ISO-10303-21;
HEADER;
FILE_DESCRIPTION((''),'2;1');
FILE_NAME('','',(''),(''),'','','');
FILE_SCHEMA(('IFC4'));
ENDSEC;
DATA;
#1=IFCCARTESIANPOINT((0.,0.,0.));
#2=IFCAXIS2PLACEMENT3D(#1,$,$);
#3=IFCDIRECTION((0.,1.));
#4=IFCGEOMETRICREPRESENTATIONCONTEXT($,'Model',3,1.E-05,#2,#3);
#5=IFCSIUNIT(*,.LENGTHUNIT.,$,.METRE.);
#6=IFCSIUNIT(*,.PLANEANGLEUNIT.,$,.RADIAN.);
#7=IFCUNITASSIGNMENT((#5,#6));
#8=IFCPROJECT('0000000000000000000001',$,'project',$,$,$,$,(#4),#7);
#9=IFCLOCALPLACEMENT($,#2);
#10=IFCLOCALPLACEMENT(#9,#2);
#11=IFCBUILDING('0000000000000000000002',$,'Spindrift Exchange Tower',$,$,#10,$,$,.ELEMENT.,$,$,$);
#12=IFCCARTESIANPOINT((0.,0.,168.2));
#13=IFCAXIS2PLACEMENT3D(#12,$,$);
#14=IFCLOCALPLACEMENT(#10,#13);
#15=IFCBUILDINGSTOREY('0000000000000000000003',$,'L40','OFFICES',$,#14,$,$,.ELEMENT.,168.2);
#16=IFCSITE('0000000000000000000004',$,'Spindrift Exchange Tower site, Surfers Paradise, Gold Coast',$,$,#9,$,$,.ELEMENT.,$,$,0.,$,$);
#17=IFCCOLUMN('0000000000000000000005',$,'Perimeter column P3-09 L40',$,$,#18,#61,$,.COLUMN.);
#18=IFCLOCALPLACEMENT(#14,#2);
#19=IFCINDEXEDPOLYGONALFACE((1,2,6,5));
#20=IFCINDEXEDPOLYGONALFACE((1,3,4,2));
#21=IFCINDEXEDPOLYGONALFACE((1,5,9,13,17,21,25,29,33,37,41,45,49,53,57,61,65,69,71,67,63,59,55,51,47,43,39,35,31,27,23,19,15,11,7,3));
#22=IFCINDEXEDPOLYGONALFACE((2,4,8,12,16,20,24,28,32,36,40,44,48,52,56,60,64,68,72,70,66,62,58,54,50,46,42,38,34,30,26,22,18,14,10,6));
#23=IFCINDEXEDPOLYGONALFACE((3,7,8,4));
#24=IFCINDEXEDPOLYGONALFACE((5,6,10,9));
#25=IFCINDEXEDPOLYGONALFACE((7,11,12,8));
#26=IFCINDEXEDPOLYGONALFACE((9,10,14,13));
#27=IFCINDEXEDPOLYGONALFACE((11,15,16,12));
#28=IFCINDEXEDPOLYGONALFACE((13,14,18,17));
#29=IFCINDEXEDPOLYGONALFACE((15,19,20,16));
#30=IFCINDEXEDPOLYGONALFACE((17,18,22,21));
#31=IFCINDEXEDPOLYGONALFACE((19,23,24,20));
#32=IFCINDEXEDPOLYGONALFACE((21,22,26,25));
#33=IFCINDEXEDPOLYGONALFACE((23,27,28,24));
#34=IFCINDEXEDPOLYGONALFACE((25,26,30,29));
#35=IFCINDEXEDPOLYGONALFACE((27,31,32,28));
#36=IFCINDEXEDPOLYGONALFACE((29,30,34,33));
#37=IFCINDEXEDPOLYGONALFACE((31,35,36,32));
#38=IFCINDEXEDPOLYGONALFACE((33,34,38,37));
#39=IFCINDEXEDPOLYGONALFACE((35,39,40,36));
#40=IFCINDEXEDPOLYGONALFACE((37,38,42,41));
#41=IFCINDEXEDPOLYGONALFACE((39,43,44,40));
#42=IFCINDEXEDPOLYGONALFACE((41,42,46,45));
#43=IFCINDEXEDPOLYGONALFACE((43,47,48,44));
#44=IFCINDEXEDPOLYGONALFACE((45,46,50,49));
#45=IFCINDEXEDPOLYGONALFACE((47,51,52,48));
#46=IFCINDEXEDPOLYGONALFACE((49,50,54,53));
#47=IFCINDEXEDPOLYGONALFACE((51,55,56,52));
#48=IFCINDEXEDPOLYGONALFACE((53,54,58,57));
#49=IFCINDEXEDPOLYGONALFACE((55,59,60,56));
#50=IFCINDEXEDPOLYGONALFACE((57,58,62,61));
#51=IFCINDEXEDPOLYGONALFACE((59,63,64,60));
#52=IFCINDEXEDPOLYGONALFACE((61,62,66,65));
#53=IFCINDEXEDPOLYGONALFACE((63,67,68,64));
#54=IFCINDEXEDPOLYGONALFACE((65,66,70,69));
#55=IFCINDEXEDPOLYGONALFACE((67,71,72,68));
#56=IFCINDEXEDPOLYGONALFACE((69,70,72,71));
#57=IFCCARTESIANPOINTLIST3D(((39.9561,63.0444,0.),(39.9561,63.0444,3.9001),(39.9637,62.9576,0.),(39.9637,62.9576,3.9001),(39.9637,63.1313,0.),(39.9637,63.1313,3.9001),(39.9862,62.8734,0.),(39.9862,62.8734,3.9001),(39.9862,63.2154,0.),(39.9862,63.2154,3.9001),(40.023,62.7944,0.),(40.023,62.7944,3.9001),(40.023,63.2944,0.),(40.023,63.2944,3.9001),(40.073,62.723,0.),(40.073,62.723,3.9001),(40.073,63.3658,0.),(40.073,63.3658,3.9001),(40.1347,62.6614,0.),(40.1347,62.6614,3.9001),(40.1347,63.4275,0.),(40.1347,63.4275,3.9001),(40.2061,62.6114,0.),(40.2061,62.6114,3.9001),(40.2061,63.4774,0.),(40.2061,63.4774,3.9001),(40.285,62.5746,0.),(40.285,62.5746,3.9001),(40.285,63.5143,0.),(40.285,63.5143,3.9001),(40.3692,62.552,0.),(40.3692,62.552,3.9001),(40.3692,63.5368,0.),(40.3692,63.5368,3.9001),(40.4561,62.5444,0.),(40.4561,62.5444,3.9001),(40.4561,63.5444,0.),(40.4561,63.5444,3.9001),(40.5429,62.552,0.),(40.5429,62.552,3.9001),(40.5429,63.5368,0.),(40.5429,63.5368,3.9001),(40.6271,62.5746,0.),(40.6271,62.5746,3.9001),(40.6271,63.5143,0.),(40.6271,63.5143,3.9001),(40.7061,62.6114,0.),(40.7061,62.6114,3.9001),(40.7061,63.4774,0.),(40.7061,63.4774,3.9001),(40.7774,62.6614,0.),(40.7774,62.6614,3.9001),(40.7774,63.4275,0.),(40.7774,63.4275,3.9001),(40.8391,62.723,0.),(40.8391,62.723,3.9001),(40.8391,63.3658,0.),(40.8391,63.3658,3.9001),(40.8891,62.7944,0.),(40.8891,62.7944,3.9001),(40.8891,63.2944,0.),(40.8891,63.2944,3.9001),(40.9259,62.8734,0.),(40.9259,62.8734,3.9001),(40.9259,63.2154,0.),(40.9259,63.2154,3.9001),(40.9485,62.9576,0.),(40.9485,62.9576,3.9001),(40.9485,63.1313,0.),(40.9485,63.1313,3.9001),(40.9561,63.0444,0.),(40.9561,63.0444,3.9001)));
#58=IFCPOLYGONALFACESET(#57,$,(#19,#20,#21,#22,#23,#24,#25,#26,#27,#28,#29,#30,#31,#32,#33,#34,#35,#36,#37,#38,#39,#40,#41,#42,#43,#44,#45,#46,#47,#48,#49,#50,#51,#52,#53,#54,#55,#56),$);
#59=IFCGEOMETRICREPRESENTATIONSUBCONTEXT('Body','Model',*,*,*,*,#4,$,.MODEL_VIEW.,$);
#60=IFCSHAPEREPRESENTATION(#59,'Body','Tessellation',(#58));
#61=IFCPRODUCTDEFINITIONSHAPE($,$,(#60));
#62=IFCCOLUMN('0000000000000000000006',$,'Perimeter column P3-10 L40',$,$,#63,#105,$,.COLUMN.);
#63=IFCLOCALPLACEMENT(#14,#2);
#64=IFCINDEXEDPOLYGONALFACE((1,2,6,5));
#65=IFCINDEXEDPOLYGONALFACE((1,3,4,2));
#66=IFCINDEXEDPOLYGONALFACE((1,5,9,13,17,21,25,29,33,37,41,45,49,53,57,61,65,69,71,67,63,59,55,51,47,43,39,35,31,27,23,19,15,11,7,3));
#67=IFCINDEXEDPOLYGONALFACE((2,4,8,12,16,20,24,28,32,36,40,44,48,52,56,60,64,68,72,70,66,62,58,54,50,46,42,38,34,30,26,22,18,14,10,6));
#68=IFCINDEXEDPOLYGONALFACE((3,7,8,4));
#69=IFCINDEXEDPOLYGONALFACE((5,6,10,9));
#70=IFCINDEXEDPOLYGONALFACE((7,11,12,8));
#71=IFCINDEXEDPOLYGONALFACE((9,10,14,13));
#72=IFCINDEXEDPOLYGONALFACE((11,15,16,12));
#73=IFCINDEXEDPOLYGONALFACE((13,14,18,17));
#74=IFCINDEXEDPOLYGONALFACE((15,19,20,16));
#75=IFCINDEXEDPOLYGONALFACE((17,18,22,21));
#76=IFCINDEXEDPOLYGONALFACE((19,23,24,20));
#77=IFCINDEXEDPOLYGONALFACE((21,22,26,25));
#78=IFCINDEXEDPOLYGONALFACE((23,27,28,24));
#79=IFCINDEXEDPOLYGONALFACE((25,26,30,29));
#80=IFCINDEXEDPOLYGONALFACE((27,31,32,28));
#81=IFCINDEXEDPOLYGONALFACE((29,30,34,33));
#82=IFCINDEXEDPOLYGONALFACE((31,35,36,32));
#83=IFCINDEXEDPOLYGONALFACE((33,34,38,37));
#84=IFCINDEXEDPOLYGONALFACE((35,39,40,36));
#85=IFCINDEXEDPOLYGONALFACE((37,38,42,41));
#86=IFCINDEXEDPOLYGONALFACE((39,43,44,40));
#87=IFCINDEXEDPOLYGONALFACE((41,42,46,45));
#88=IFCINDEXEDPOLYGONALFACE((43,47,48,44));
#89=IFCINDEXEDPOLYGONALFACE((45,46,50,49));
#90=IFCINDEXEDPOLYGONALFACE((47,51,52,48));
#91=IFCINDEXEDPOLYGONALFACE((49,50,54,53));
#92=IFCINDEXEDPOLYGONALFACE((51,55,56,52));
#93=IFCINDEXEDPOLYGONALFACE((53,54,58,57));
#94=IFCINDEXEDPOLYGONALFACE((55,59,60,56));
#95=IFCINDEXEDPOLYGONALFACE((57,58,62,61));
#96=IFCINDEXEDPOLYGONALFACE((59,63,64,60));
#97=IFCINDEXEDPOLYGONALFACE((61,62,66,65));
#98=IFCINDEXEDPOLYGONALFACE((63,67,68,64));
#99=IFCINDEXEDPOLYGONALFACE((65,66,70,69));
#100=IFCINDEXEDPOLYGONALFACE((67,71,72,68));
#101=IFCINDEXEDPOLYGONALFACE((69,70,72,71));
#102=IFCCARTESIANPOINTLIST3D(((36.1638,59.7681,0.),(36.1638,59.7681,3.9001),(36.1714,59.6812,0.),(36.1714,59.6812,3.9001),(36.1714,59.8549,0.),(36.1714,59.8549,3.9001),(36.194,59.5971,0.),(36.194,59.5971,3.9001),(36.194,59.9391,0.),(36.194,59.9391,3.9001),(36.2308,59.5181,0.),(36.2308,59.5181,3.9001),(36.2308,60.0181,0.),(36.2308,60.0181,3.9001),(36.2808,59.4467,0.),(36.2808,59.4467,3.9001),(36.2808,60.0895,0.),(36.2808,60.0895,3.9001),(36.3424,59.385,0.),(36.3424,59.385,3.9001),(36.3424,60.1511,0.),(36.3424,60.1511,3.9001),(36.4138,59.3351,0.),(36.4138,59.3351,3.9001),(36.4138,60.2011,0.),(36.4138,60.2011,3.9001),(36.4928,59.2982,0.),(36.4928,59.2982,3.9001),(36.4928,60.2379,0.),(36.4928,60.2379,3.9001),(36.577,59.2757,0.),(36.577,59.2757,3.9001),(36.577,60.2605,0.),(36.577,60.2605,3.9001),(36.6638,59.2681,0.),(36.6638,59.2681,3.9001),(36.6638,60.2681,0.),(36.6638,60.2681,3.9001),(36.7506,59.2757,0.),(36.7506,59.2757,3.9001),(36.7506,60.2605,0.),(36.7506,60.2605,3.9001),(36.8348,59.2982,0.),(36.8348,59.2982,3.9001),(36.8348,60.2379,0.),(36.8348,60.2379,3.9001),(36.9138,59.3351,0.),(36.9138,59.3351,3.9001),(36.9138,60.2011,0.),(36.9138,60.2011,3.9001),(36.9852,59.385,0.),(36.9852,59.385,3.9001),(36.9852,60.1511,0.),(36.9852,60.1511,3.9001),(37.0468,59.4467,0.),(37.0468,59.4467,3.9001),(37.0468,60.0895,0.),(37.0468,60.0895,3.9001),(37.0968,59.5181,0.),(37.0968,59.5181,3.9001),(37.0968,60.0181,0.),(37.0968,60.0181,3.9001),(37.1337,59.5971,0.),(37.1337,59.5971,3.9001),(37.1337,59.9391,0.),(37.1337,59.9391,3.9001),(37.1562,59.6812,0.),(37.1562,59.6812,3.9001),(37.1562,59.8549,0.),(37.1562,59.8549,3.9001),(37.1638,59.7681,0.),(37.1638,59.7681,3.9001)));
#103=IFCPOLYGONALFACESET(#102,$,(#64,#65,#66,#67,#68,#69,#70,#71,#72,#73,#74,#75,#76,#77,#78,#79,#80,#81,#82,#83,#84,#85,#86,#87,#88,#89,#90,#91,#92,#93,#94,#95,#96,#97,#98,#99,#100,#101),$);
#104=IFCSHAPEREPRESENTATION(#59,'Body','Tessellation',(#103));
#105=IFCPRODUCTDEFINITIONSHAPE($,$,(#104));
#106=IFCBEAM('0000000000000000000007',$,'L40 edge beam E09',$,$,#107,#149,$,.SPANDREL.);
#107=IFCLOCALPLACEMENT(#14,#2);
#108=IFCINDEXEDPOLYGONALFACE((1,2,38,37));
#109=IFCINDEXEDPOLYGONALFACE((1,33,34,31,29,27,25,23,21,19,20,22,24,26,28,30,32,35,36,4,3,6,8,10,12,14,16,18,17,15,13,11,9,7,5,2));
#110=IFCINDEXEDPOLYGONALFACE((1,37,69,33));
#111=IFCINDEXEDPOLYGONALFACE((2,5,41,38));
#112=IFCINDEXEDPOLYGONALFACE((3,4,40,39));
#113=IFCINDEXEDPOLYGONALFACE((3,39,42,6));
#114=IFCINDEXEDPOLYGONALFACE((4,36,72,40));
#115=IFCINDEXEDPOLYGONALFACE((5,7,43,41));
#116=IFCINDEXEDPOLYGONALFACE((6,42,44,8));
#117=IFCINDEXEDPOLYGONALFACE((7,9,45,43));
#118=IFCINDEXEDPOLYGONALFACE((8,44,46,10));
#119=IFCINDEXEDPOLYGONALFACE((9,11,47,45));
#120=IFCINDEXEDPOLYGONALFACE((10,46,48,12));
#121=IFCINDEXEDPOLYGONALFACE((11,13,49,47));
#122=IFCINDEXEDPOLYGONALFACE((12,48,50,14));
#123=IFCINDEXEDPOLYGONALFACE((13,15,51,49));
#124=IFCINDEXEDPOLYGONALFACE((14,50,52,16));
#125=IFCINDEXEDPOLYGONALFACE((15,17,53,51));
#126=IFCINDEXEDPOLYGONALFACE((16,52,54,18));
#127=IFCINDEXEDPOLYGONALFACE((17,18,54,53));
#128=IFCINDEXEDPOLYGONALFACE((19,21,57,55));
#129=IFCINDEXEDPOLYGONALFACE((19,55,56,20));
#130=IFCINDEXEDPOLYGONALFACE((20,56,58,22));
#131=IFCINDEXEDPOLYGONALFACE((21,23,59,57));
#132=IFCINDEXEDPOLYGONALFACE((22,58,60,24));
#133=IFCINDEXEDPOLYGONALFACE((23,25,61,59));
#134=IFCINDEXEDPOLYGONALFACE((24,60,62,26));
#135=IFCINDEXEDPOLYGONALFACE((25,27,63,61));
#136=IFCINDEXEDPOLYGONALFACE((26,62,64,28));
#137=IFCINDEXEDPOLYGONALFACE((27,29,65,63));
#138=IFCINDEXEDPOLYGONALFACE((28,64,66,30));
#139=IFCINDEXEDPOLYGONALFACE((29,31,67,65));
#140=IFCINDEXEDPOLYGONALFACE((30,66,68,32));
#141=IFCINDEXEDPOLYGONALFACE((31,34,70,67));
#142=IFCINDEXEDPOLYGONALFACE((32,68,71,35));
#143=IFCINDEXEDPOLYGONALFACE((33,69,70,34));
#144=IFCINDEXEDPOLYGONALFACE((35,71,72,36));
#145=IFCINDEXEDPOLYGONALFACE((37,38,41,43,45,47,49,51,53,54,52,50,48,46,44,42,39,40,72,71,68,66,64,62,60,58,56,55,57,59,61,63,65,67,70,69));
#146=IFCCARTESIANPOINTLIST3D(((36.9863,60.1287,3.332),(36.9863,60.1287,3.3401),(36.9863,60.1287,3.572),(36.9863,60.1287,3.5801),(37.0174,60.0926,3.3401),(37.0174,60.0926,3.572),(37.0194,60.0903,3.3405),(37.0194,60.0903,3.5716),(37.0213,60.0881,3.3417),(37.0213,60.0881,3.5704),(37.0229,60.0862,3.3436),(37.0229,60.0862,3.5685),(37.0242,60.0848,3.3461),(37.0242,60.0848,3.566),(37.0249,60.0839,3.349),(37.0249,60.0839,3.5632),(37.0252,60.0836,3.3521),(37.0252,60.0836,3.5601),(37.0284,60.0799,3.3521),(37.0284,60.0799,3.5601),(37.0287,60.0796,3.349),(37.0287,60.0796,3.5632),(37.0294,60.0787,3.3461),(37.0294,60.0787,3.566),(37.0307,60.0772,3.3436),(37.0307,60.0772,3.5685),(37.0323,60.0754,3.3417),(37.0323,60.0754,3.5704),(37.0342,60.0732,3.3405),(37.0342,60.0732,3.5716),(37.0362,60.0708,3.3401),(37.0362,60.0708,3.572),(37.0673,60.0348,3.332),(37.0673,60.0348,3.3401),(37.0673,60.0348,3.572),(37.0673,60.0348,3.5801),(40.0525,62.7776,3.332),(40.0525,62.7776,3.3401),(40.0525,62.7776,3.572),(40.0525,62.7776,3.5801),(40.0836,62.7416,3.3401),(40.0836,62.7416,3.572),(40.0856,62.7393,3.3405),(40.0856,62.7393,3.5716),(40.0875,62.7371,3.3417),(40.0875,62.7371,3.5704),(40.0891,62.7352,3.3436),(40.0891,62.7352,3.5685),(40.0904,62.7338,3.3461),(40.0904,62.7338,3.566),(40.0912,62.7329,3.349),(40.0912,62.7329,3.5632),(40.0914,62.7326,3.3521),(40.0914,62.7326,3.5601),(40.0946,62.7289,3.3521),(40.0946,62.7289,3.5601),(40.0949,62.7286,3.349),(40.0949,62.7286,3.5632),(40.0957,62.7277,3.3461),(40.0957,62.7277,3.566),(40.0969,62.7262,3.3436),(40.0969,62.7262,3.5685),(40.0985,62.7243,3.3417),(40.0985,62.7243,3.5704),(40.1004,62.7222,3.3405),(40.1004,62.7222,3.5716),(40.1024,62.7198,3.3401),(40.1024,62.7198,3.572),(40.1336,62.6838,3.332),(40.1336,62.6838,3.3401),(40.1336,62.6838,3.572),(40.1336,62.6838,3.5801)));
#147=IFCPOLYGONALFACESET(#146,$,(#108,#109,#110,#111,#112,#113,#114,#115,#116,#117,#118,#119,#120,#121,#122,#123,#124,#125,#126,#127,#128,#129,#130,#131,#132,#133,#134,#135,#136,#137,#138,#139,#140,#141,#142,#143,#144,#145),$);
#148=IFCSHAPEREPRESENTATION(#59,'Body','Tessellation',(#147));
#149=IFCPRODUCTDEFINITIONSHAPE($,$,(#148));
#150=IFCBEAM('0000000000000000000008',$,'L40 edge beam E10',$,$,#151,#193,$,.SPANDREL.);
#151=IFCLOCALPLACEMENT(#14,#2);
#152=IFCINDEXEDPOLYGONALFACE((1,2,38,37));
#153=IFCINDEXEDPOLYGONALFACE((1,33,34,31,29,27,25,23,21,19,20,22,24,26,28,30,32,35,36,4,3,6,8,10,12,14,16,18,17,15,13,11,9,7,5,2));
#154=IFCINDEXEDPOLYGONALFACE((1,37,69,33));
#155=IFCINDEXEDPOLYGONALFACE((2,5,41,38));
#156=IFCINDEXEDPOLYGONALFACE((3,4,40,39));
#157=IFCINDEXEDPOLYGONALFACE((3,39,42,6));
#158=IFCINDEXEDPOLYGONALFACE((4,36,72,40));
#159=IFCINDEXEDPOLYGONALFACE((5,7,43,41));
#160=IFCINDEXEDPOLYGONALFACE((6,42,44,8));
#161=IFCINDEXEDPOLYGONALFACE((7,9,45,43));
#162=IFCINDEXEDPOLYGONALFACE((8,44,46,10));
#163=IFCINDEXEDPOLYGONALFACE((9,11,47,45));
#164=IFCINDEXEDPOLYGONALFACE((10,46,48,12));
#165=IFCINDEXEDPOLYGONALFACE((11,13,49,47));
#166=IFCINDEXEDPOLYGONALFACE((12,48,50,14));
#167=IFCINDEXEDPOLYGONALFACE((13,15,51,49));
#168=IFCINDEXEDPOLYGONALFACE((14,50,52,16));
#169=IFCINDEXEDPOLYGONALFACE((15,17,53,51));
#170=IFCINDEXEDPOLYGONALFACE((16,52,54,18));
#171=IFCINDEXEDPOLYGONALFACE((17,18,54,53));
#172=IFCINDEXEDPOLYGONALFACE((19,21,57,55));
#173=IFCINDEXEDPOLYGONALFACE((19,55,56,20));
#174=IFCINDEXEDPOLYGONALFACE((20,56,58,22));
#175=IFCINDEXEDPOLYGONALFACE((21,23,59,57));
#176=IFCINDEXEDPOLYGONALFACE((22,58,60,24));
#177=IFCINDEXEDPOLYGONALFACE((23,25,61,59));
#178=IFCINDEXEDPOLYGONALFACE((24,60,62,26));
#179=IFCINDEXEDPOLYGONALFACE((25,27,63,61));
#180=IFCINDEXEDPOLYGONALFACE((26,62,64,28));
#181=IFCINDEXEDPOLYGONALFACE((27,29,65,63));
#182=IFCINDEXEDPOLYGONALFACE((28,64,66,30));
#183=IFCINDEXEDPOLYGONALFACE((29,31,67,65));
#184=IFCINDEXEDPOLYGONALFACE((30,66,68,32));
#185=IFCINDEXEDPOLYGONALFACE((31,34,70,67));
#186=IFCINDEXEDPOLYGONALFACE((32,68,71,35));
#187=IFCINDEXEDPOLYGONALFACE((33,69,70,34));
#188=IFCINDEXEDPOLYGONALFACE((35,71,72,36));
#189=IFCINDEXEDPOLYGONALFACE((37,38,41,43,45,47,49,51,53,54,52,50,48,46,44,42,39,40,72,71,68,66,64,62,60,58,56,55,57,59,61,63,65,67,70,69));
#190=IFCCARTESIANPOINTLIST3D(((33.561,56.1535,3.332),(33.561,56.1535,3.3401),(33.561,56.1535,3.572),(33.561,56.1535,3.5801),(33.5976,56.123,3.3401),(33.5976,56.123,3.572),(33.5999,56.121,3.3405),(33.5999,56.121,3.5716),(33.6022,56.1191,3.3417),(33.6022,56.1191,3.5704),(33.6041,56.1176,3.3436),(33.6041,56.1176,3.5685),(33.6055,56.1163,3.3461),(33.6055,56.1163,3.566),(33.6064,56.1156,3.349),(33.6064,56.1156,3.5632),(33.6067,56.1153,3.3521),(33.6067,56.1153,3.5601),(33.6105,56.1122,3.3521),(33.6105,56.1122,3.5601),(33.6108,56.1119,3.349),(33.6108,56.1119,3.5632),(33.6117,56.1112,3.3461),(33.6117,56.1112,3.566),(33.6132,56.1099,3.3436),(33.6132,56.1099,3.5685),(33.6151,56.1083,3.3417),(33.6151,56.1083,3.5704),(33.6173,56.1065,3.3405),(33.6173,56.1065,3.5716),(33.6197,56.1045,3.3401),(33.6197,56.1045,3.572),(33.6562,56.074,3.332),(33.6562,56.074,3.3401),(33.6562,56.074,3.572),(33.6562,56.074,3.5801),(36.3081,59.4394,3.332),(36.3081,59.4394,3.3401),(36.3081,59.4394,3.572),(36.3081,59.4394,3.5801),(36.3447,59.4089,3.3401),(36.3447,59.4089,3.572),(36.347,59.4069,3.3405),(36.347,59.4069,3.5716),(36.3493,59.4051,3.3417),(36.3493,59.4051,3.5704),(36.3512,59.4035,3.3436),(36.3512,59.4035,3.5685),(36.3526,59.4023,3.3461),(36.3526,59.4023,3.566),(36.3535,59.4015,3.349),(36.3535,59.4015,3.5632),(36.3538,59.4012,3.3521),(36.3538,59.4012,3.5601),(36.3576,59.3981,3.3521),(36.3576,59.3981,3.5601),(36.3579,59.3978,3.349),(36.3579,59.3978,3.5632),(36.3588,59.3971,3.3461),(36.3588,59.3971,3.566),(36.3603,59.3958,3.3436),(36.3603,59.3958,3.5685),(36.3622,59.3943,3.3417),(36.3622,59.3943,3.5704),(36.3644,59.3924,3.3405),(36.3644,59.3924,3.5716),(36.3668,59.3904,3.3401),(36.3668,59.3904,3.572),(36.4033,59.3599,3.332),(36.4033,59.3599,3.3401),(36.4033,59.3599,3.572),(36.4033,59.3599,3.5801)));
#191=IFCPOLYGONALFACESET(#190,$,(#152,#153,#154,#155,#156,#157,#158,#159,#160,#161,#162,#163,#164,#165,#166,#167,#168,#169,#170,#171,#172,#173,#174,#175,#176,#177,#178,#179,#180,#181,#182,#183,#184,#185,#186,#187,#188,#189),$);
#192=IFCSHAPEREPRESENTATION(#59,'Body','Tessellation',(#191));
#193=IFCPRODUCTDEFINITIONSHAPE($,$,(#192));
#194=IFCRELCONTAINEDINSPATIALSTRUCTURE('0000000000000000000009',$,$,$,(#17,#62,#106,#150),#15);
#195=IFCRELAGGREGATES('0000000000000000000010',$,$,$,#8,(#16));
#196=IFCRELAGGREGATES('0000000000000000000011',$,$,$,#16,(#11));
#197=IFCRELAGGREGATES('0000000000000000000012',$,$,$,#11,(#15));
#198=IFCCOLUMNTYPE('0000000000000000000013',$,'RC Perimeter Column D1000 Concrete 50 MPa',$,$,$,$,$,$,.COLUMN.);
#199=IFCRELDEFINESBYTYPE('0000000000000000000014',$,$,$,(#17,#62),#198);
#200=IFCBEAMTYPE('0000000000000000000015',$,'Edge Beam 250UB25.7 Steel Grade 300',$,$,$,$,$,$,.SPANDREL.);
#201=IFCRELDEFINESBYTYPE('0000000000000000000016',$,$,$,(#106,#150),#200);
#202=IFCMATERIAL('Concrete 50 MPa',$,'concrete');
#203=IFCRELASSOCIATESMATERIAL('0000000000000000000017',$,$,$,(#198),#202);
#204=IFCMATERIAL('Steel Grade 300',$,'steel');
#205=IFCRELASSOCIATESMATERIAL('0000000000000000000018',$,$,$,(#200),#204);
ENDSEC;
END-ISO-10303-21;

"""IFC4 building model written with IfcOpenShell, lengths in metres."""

from ifc_helpers import new_model, si_unit, direction, frame, origin, origin_2d, place, context, subcontext, project, spatial, circle, i_section, extrude, source, transform, mapped, material, material_profile, profile_set, type_object, element, save


model = new_model("IFC4")

# Units and contexts
model_context = context("Model", 3, precision=1e-05, world=origin(), true_north=direction((0.0, 1.0)))
body_context = subcontext(model_context, "Body", "Model", "MODEL_VIEW")
ifc_project = project(units=[si_unit("LENGTHUNIT", "METRE"), si_unit("PLANEANGLEUNIT", "RADIAN")], contexts=[model_context])

# Site, building, storey
site_placement = place(None, origin())
site = spatial("IfcSite", under=ifc_project, at=site_placement, Name="Spindrift Exchange Tower site, Surfers Paradise, Gold Coast", CompositionType="ELEMENT", RefElevation=0.0)
building_placement = place(site_placement, origin())
building = spatial("IfcBuilding", under=site, at=building_placement, Name="Spindrift Exchange Tower", CompositionType="ELEMENT")
storey_placement = place(building_placement, frame((0.0, 0.0, 168.2)))
storey = spatial("IfcBuildingStorey", under=building, at=storey_placement, Name="L40", Description="OFFICES", CompositionType="ELEMENT", Elevation=168.2)

# Columns
ifc_material_1 = material(Name="Concrete 50 MPa", Category="concrete")
ifc_material_profile_1 = material_profile(ifc_material_1, circle(Radius=0.5, at=origin_2d()), Name="RC D1000")
ifc_profile_set_1 = profile_set([ifc_material_profile_1], Name="Concrete 50 MPa")
column_type = type_object("IfcColumnType", Name="RC Perimeter Column D1000 Concrete 50 MPa", PredefinedType="COLUMN", material=ifc_profile_set_1)
shared_shape_1 = source(origin(), body_context, "Body", "SweptSolid", [
    extrude(circle(Radius=0.5, at=origin_2d()), origin(), (0.0, 0.0, 1.0), 3.9001),
])
for number, where, z_axis, x_axis, name in (
    (1, (40.4561, 63.0444, 0.0), (0.0, 0.0, 1.0), (1.0, 0.0, 0.0), "Perimeter column P3-09 L40"),
    (2, (36.6638, 59.7681, 0.0), (0.0, 0.0, 1.0), (1.0, 0.0, 0.0), "Perimeter column P3-10 L40"),
):
    element("IfcColumn", number, at=place(storey_placement, frame(where, z_axis=z_axis, x_axis=x_axis)), inside=storey, type_object=column_type, Name=name, PredefinedType="COLUMN", context=body_context, shape_type="MappedRepresentation", body=[
        mapped(shared_shape_1, transform((0.0, 0.0, 0.0), scale=1.0)),
    ])

# Beams
ifc_material_2 = material(Name="Steel Grade 300", Category="steel")
ifc_material_profile_2 = material_profile(ifc_material_2, i_section(OverallWidth=0.124, OverallDepth=0.248, WebThickness=0.0049, FlangeThickness=0.0081, FilletRadius=0.012, at=origin_2d()), Name="250UB25.7")
ifc_profile_set_2 = profile_set([ifc_material_profile_2], Name="Steel Grade 300")
beam_type = type_object("IfcBeamType", Name="Edge Beam 250UB25.7 Steel Grade 300", PredefinedType="SPANDREL", material=ifc_profile_set_2)
shared_shape_2 = source(origin(), body_context, "Body", "SweptSolid", [
    extrude(i_section(OverallWidth=0.124, OverallDepth=0.248, WebThickness=0.0049, FlangeThickness=0.0081, FilletRadius=0.012, at=origin_2d()), origin(), (0.0, 0.0, 1.0), 4.052),
])
beam_1_placement = place(storey_placement, frame((40.093, 62.7307, 3.4561), z_axis=(-0.756716, -0.653744, 0.0), x_axis=(0.653744, -0.756716, 0.0)))
element("IfcBeam", 3, at=beam_1_placement, inside=storey, type_object=beam_type, Name="L40 edge beam E09", PredefinedType="SPANDREL", context=body_context, shape_type="MappedRepresentation", body=[
    mapped(shared_shape_2, transform((0.0, 0.0, 0.0), scale=1.0)),
])
shared_shape_3 = source(origin(), body_context, "Body", "SweptSolid", [
    extrude(i_section(OverallWidth=0.124, OverallDepth=0.248, WebThickness=0.0049, FlangeThickness=0.0081, FilletRadius=0.012, at=origin_2d()), origin(), (0.0, 0.0, 1.0), 4.283),
])
beam_2_placement = place(storey_placement, frame((36.3557, 59.3997, 3.4561), z_axis=(-0.6414, -0.767206, 0.0), x_axis=(0.767206, -0.6414, 0.0)))
element("IfcBeam", 4, at=beam_2_placement, inside=storey, type_object=beam_type, Name="L40 edge beam E10", PredefinedType="SPANDREL", context=body_context, shape_type="MappedRepresentation", body=[
    mapped(shared_shape_3, transform((0.0, 0.0, 0.0), scale=1.0)),
])

save(model, "model.ifc")
